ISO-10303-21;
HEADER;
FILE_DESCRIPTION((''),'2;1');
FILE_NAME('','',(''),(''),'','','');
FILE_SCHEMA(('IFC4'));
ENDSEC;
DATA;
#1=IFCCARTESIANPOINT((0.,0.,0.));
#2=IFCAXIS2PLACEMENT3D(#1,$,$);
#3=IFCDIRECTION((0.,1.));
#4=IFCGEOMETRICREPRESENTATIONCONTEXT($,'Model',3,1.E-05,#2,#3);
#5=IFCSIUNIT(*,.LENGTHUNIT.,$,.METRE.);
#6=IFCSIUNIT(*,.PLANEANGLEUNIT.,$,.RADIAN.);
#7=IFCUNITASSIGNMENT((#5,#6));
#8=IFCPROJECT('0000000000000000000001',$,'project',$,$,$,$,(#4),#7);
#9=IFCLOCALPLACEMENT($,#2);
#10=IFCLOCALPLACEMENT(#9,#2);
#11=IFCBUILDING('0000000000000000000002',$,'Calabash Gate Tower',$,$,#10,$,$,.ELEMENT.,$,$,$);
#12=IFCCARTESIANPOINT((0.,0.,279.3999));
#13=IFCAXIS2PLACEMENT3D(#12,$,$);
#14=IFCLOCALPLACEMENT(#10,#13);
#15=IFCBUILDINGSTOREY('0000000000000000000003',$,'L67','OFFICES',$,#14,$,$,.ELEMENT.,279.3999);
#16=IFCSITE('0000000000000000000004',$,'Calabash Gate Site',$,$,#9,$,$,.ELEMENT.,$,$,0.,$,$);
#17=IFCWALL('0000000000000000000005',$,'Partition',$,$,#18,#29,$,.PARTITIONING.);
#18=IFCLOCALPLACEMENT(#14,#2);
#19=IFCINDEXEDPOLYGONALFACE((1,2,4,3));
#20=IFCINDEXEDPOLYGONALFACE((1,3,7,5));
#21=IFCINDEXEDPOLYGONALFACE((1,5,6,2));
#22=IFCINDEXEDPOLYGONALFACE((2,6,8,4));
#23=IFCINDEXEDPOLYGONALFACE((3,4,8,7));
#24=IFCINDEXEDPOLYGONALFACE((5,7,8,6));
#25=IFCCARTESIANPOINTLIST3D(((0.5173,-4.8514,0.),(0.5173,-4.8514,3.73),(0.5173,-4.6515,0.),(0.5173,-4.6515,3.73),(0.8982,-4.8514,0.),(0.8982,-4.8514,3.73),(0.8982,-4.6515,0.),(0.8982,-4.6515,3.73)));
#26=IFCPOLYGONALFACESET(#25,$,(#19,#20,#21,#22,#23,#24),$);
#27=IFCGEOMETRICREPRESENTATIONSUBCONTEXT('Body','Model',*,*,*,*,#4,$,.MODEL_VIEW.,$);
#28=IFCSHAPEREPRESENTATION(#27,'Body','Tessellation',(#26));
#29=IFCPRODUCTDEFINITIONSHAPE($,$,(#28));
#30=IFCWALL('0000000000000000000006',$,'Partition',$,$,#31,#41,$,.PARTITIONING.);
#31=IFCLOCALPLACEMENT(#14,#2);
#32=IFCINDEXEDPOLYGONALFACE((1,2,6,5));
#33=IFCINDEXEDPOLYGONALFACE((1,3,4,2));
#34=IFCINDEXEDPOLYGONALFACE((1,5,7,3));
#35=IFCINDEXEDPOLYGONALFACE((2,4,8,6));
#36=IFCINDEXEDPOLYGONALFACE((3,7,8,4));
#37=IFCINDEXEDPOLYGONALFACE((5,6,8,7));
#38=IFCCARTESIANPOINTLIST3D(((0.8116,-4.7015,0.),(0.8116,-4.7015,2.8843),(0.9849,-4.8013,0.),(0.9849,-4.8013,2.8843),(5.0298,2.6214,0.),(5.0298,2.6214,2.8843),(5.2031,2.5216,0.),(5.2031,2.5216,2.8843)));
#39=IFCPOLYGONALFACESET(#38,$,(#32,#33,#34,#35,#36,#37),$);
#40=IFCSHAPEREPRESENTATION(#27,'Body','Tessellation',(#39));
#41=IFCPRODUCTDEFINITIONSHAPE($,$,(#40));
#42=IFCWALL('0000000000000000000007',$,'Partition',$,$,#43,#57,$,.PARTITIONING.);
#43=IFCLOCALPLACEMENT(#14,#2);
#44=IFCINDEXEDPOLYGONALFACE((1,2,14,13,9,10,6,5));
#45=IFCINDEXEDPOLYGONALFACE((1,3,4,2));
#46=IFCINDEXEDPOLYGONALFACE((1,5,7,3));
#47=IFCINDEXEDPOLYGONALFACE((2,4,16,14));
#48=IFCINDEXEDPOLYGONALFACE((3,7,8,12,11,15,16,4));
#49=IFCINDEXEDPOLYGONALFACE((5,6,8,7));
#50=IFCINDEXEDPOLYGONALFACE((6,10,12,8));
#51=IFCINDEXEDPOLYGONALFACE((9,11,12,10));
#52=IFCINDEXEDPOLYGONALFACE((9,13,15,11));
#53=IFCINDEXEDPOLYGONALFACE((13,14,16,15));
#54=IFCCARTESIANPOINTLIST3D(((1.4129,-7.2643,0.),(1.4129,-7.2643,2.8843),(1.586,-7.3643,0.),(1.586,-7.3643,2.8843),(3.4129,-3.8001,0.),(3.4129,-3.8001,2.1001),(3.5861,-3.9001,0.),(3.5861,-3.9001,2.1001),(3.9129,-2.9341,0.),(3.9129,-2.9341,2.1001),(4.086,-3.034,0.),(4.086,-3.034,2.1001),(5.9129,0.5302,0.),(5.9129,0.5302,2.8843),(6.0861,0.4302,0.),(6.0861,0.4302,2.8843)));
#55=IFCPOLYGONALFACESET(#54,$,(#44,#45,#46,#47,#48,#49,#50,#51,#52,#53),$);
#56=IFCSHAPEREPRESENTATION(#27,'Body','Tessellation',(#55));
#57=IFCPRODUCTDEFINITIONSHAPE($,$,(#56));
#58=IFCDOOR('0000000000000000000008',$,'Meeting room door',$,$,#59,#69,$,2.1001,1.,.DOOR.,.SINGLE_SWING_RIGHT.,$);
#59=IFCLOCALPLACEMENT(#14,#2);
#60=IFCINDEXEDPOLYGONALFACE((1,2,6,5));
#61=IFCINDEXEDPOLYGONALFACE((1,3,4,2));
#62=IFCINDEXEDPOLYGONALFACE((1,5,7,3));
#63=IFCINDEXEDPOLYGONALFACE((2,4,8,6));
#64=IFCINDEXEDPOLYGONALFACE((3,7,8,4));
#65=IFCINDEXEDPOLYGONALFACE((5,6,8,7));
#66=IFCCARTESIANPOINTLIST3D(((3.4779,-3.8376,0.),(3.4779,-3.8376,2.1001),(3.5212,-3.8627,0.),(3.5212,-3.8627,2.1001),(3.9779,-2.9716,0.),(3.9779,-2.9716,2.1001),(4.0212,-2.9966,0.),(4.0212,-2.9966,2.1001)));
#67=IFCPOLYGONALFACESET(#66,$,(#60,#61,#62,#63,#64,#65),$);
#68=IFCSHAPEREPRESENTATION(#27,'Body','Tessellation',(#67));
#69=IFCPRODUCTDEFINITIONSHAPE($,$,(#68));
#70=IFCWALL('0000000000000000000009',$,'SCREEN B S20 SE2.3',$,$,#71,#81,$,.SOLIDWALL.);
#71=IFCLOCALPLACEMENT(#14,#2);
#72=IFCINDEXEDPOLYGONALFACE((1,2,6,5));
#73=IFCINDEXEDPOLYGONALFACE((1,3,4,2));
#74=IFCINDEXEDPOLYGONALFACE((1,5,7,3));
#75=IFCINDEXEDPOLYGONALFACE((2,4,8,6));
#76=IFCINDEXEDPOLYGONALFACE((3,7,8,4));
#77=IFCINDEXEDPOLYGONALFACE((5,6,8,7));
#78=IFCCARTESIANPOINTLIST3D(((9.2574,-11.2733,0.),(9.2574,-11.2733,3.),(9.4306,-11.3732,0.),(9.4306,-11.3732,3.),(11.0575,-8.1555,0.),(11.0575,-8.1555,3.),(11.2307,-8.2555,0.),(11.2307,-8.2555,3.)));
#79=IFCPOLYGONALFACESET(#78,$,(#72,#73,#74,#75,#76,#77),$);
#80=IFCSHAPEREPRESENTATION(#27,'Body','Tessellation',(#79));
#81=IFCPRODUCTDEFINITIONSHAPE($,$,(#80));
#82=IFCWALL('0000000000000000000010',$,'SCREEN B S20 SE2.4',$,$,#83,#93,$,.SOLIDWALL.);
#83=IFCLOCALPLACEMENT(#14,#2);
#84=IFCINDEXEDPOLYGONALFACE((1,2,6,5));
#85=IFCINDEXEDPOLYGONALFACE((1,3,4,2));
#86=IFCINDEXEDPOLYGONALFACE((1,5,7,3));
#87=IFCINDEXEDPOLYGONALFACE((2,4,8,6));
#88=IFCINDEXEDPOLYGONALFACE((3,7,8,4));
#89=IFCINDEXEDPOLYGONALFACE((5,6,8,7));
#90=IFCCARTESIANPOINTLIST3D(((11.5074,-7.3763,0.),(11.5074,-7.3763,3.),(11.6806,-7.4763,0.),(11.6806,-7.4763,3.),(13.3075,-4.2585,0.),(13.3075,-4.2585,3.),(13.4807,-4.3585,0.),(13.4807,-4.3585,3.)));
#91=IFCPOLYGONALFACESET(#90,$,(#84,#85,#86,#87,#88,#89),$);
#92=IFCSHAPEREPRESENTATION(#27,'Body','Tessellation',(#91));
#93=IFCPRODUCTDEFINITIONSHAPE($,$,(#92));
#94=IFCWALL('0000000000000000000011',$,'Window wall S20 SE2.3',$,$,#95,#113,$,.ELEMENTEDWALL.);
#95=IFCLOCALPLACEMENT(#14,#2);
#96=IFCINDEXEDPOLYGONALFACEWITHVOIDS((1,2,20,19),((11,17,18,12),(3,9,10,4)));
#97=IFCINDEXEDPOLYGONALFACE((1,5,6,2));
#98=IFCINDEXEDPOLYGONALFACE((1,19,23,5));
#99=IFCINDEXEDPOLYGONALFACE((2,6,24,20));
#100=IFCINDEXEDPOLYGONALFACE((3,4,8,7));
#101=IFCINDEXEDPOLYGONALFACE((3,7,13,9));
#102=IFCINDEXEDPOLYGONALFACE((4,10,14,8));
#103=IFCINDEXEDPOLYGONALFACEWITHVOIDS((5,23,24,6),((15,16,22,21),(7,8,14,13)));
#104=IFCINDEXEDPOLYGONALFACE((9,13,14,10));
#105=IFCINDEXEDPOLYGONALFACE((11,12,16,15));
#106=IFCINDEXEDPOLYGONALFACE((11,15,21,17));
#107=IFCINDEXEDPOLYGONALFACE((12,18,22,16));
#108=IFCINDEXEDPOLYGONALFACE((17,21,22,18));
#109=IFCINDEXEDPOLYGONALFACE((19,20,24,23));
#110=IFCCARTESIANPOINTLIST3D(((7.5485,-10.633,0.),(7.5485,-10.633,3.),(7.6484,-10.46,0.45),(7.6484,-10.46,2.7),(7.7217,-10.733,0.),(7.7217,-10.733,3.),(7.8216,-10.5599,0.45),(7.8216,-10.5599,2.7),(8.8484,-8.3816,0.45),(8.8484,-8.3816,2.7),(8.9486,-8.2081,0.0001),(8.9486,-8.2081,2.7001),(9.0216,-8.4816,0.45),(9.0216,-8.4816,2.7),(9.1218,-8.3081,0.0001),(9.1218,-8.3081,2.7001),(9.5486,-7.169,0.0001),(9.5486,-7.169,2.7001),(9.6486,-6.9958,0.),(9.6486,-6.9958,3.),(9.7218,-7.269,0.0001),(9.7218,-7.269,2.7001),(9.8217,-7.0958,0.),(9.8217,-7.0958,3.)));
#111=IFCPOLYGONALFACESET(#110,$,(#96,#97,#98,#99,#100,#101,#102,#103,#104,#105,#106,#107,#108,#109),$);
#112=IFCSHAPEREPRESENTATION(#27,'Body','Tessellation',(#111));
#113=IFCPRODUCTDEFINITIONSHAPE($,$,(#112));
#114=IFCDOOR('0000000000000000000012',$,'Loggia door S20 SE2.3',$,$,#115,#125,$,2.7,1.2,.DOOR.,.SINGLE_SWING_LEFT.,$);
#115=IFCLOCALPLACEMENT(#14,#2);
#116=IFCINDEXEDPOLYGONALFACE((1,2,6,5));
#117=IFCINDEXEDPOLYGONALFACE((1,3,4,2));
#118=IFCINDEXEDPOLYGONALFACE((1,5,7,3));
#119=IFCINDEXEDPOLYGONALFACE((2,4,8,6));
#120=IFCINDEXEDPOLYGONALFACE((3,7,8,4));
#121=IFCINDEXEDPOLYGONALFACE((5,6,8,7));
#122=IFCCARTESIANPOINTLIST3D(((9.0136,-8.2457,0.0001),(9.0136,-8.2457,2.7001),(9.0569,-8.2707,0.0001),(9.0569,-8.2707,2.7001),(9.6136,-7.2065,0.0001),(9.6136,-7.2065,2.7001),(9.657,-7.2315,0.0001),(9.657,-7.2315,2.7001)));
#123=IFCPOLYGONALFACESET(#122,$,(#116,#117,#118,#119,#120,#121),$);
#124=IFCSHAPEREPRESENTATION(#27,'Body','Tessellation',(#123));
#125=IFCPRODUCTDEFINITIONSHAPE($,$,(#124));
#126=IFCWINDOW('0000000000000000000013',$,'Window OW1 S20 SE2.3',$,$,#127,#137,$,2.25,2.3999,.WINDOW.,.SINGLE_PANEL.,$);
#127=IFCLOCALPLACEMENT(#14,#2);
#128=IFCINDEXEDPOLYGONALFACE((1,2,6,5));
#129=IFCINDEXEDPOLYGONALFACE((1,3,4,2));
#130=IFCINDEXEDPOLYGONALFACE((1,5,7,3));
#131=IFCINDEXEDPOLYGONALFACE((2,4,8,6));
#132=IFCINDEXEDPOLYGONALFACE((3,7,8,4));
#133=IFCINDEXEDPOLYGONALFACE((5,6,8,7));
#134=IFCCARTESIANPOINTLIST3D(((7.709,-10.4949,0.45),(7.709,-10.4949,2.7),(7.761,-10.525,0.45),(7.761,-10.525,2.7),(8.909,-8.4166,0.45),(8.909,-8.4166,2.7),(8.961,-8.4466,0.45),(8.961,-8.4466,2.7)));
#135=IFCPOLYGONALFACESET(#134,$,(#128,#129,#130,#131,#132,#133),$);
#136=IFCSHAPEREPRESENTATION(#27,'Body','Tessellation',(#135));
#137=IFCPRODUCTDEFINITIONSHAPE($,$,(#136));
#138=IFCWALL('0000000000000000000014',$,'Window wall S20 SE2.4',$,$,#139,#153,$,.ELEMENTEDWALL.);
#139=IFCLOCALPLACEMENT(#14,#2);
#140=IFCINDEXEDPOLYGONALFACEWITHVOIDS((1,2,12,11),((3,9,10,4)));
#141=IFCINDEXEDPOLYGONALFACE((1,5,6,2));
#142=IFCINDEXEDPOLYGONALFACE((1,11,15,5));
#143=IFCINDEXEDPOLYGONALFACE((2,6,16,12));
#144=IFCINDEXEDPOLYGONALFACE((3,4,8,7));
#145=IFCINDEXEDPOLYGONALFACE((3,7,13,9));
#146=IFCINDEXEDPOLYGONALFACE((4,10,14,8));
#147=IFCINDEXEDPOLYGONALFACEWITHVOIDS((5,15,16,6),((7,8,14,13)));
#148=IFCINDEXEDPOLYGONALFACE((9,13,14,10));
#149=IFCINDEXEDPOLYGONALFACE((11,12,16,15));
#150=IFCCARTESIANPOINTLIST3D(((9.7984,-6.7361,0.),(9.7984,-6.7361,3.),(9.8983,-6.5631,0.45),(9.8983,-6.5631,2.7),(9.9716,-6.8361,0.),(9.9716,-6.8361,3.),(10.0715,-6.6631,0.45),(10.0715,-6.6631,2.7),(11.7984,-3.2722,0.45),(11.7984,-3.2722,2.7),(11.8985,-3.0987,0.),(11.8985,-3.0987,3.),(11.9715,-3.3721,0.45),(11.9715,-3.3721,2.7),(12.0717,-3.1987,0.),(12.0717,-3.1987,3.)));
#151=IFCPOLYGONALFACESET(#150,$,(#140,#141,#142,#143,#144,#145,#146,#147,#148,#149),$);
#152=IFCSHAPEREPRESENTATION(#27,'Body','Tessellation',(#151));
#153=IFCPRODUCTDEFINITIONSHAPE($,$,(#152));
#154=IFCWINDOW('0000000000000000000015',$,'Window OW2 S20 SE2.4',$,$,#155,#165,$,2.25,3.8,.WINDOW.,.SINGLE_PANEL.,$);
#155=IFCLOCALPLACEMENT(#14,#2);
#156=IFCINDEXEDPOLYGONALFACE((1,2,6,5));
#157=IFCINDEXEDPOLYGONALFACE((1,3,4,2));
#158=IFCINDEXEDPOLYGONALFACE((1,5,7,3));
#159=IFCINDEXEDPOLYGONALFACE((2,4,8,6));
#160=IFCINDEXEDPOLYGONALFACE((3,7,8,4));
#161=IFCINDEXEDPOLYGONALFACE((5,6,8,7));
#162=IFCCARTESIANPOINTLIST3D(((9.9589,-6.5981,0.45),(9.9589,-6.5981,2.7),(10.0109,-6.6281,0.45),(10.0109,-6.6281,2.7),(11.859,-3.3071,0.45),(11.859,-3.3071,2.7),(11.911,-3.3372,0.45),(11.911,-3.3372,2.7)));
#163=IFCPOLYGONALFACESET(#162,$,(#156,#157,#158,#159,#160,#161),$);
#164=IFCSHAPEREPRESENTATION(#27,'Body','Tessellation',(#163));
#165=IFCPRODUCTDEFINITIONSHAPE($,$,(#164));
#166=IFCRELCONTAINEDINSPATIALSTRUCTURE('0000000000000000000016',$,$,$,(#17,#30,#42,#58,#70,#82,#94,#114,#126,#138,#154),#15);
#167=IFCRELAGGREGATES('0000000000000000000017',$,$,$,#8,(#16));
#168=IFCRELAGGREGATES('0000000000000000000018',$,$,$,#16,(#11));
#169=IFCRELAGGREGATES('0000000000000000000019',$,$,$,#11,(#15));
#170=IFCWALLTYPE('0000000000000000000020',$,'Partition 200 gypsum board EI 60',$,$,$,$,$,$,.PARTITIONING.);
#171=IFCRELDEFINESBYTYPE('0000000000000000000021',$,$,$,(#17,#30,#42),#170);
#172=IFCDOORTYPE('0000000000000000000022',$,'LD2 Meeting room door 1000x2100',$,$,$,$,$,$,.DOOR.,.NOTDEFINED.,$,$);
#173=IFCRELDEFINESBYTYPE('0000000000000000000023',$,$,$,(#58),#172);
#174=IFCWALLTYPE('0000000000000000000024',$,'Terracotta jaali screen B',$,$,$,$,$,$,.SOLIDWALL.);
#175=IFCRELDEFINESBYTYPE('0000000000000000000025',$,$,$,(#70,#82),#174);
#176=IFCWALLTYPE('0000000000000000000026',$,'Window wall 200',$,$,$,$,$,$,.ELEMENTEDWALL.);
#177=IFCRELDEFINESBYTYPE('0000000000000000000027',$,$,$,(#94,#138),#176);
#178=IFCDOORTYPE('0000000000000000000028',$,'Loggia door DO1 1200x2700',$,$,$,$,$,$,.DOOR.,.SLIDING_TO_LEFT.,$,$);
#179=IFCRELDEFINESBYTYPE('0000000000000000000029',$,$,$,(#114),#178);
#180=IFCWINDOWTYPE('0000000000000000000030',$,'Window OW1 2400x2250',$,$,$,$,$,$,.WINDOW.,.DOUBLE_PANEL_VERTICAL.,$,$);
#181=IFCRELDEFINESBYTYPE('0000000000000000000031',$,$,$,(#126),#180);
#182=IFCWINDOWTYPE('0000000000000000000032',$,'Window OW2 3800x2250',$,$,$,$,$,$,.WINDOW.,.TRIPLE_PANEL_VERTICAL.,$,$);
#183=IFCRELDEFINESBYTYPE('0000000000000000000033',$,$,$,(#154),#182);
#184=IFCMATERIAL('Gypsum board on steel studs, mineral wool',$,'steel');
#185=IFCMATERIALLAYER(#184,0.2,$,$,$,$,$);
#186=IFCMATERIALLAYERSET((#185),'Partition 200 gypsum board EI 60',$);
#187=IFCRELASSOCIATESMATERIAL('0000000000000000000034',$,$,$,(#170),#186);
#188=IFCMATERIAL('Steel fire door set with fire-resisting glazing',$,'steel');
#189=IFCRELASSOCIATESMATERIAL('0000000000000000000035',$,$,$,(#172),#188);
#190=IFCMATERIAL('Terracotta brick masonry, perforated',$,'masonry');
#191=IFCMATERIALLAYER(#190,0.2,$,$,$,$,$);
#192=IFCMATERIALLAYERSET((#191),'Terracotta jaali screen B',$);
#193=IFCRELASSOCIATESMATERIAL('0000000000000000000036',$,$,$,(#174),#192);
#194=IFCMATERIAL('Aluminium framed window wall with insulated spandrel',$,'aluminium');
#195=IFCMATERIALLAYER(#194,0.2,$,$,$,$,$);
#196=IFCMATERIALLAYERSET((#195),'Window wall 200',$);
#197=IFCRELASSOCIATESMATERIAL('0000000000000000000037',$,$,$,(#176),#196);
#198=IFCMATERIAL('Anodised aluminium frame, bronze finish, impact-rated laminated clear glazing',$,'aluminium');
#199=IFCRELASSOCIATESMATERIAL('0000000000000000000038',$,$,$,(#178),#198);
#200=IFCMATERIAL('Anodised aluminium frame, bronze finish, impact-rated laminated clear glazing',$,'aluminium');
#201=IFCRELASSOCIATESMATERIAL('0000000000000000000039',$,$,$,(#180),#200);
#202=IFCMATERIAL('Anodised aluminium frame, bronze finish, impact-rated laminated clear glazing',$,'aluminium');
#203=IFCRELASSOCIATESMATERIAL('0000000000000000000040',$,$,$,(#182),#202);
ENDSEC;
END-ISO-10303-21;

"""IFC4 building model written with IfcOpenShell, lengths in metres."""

from ifc_helpers import new_model, si_unit, direction, frame, frame_2d, origin, place, context, subcontext, project, spatial, rectangle, extrude, material, layer, layer_set, type_object, element, fill, save


model = new_model("IFC4")

# Units and contexts
model_context = context("Model", 3, precision=1e-05, world=origin(), true_north=direction((0.0, 1.0)))
body_context = subcontext(model_context, "Body", "Model", "MODEL_VIEW")
ifc_project = project(units=[si_unit("LENGTHUNIT", "METRE"), si_unit("PLANEANGLEUNIT", "RADIAN")], contexts=[model_context])

# Site, building, storey
site_placement = place(None, origin())
site = spatial("IfcSite", under=ifc_project, at=site_placement, Name="Calabash Gate Site", CompositionType="ELEMENT", RefElevation=0.0)
building_placement = place(site_placement, origin())
building = spatial("IfcBuilding", under=site, at=building_placement, Name="Calabash Gate Tower", CompositionType="ELEMENT")
storey_placement = place(building_placement, frame((0.0, 0.0, 279.3999)))
storey = spatial("IfcBuildingStorey", under=building, at=storey_placement, Name="L67", Description="OFFICES", CompositionType="ELEMENT", Elevation=279.3999)

# Shared definitions
ifc_material_1 = material(Name="Gypsum board on steel studs, mineral wool", Category="steel")
ifc_layer_1 = layer(ifc_material_1, 0.2)
ifc_layer_set_1 = layer_set([ifc_layer_1], Name="Partition 200 gypsum board EI 60")
wall_type_1 = type_object("IfcWallType", Name="Partition 200 gypsum board EI 60", PredefinedType="PARTITIONING", material=ifc_layer_set_1)

# Walls
wall_1_placement = place(storey_placement, frame((0.5173, -4.7515, 0.0), z_axis=(0.0, 0.0, 1.0), x_axis=(1.0, 0.0, 0.0)))
element("IfcWall", 1, at=wall_1_placement, inside=storey, type_object=wall_type_1, Name="Partition", PredefinedType="PARTITIONING", context=body_context, shape_type="SweptSolid", body=[
    extrude(rectangle(XDim=0.3809, YDim=0.2, at=frame_2d((0.1904, 0.0))), origin(), (0.0, 0.0, 1.0), 3.73),
])
wall_2_placement = place(storey_placement, frame((0.8982, -4.7515, 0.0), z_axis=(0.0, 0.0, 1.0), x_axis=(0.499141, 0.866521, 0.0)))
element("IfcWall", 2, at=wall_2_placement, inside=storey, type_object=wall_type_1, Name="Partition", PredefinedType="PARTITIONING", context=body_context, shape_type="SweptSolid", body=[
    extrude(rectangle(XDim=8.4509, YDim=0.2, at=frame_2d((4.2256, 0.0))), origin(), (0.0, 0.0, 1.0), 2.8843),
])

# Wall, opening, door
wall_3_placement = place(storey_placement, frame((1.4995, -7.3142, 0.0), z_axis=(0.0, 0.0, 1.0), x_axis=(0.49999, 0.866031, 0.0)))
wall_3 = element("IfcWall", 3, at=wall_3_placement, inside=storey, type_object=wall_type_1, Name="Partition", PredefinedType="PARTITIONING", context=body_context, shape_type="SweptSolid", body=[
    extrude(rectangle(XDim=9.0002, YDim=0.2, at=frame_2d((4.5, 0.0))), origin(), (0.0, 0.0, 1.0), 2.8843),
])
opening_1_placement = place(wall_3_placement, frame((4.0, 0.0, 0.0)))
opening_1 = element("IfcOpeningElement", 4, at=opening_1_placement, cuts=wall_3, PredefinedType="OPENING", context=body_context, shape_type="SweptSolid", body=[
    extrude(rectangle(XDim=1.0, YDim=2.1001, at=frame_2d((0.5, 1.05))), frame((0.0, 0.1099, 0.0), z_axis=(0.0, -1.0, 0.0), x_axis=(1.0, 0.0, 0.0)), (0.0, 0.0, 1.0), 0.22),
])
ifc_material_2 = material(Name="Steel fire door set with fire-resisting glazing", Category="steel")
door_type_1 = type_object("IfcDoorType", Name="LD2 Meeting room door 1000x2100", OperationType="NOTDEFINED", PredefinedType="DOOR", material=ifc_material_2)
door_1_placement = place(opening_1_placement, origin())
door_1 = element("IfcDoor", 5, at=door_1_placement, inside=storey, type_object=door_type_1, Name="Meeting room door", OperationType="SINGLE_SWING_RIGHT", OverallHeight=2.1001, OverallWidth=1.0, PredefinedType="DOOR", context=body_context, shape_type="SweptSolid", body=[
    extrude(rectangle(XDim=1.0, YDim=2.1001, at=frame_2d((0.5, 1.05))), frame((0.0, 0.0249, 0.0), z_axis=(0.0, -1.0, 0.0), x_axis=(1.0, 0.0, 0.0)), (0.0, 0.0, 1.0), 0.05),
])
fill(opening_1, door_1)

# Walls
ifc_material_3 = material(Name="Terracotta brick masonry, perforated", Category="masonry")
ifc_layer_2 = layer(ifc_material_3, 0.2)
ifc_layer_set_2 = layer_set([ifc_layer_2], Name="Terracotta jaali screen B")
wall_type_2 = type_object("IfcWallType", Name="Terracotta jaali screen B", PredefinedType="SOLIDWALL", material=ifc_layer_set_2)
for number, where, z_axis, x_axis, name in (
    (6, (9.344, -11.3232, 0.0), (0.0, 0.0, 1.0), (0.500012, 0.866018, 0.0), "SCREEN B S20 SE2.3"),
    (7, (11.594, -7.4263, 0.0), (0.0, 0.0, 1.0), (0.500012, 0.866018, 0.0), "SCREEN B S20 SE2.4"),
):
    element("IfcWall", number, at=place(storey_placement, frame(where, z_axis=z_axis, x_axis=x_axis)), inside=storey, type_object=wall_type_2, Name=name, PredefinedType="SOLIDWALL", context=body_context, shape_type="SweptSolid", body=[
        extrude(rectangle(XDim=3.6001, YDim=0.2, at=frame_2d((1.8, 0.0))), origin(), (0.0, 0.0, 1.0), 3.0),
    ])

# Wall, openings, door, window
ifc_material_4 = material(Name="Aluminium framed window wall with insulated spandrel", Category="aluminium")
ifc_layer_3 = layer(ifc_material_4, 0.2)
ifc_layer_set_3 = layer_set([ifc_layer_3], Name="Window wall 200")
wall_type_3 = type_object("IfcWallType", Name="Window wall 200", PredefinedType="ELEMENTEDWALL", material=ifc_layer_set_3)
wall_4_placement = place(storey_placement, frame((7.635, -10.6831, 0.0), z_axis=(0.0, 0.0, 1.0), x_axis=(0.500028, 0.866009, 0.0)))
wall_4 = element("IfcWall", 8, at=wall_4_placement, inside=storey, type_object=wall_type_3, Name="Window wall S20 SE2.3", PredefinedType="ELEMENTEDWALL", context=body_context, shape_type="SweptSolid", body=[
    extrude(rectangle(XDim=4.2, YDim=0.2, at=frame_2d((2.1001, 0.0))), origin(), (0.0, 0.0, 1.0), 3.0),
])
opening_2_placement = place(wall_4_placement, frame((0.2, 0.0, 0.45)))
opening_2 = element("IfcOpeningElement", 9, at=opening_2_placement, cuts=wall_4, PredefinedType="OPENING", context=body_context, shape_type="SweptSolid", body=[
    extrude(rectangle(XDim=2.3999, YDim=2.25, at=frame_2d((1.2, 1.125))), frame((0.0, 0.1099, 0.0), z_axis=(0.0, -1.0, 0.0), x_axis=(1.0, 0.0, 0.0)), (0.0, 0.0, 1.0), 0.22),
])
opening_3_placement = place(wall_4_placement, frame((2.8, 0.0, 0.0)))
opening_3 = element("IfcOpeningElement", 10, at=opening_3_placement, cuts=wall_4, PredefinedType="OPENING", context=body_context, shape_type="SweptSolid", body=[
    extrude(rectangle(XDim=1.2, YDim=2.7, at=frame_2d((0.6001, 1.3501))), frame((0.0, 0.1099, 0.0), z_axis=(0.0, -1.0, 0.0), x_axis=(1.0, 0.0, 0.0)), (0.0, 0.0, 1.0), 0.22),
])
ifc_material_5 = material(Name="Anodised aluminium frame, bronze finish, impact-rated laminated clear glazing", Category="aluminium")
door_type_2 = type_object("IfcDoorType", Name="Loggia door DO1 1200x2700", OperationType="SLIDING_TO_LEFT", PredefinedType="DOOR", material=ifc_material_5)
door_2_placement = place(opening_3_placement, origin())
door_2 = element("IfcDoor", 11, at=door_2_placement, inside=storey, type_object=door_type_2, Name="Loggia door S20 SE2.3", OperationType="SINGLE_SWING_LEFT", OverallHeight=2.7, OverallWidth=1.2, PredefinedType="DOOR", context=body_context, shape_type="SweptSolid", body=[
    extrude(rectangle(XDim=1.2, YDim=2.7, at=frame_2d((0.6001, 1.3501))), frame((0.0, 0.0249, 0.0), z_axis=(0.0, -1.0, 0.0), x_axis=(1.0, 0.0, 0.0)), (0.0, 0.0, 1.0), 0.05),
])
fill(opening_3, door_2)
ifc_material_6 = material(Name="Anodised aluminium frame, bronze finish, impact-rated laminated clear glazing", Category="aluminium")
window_type_1 = type_object("IfcWindowType", Name="Window OW1 2400x2250", PartitioningType="DOUBLE_PANEL_VERTICAL", PredefinedType="WINDOW", material=ifc_material_6)
window_1_placement = place(opening_2_placement, origin())
window_1 = element("IfcWindow", 12, at=window_1_placement, inside=storey, type_object=window_type_1, Name="Window OW1 S20 SE2.3", OverallHeight=2.25, OverallWidth=2.3999, PartitioningType="SINGLE_PANEL", PredefinedType="WINDOW", context=body_context, shape_type="SweptSolid", body=[
    extrude(rectangle(XDim=2.3999, YDim=2.25, at=frame_2d((1.2, 1.125))), frame((0.0, 0.03, 0.0), z_axis=(0.0, -1.0, 0.0), x_axis=(1.0, 0.0, 0.0)), (0.0, 0.0, 1.0), 0.0601),
])
fill(opening_2, window_1)

# Wall, opening, window
wall_5_placement = place(storey_placement, frame((9.885, -6.7861, 0.0), z_axis=(0.0, 0.0, 1.0), x_axis=(0.500003, 0.866024, 0.0)))
wall_5 = element("IfcWall", 13, at=wall_5_placement, inside=storey, type_object=wall_type_3, Name="Window wall S20 SE2.4", PredefinedType="ELEMENTEDWALL", context=body_context, shape_type="SweptSolid", body=[
    extrude(rectangle(XDim=4.2002, YDim=0.2, at=frame_2d((2.1001, 0.0))), origin(), (0.0, 0.0, 1.0), 3.0),
])
opening_4_placement = place(wall_5_placement, frame((0.2, 0.0, 0.45)))
opening_4 = element("IfcOpeningElement", 14, at=opening_4_placement, cuts=wall_5, PredefinedType="OPENING", context=body_context, shape_type="SweptSolid", body=[
    extrude(rectangle(XDim=3.8, YDim=2.25, at=frame_2d((1.8999, 1.125))), frame((0.0, 0.1099, 0.0), z_axis=(0.0, -1.0, 0.0), x_axis=(1.0, 0.0, 0.0)), (0.0, 0.0, 1.0), 0.22),
])
ifc_material_7 = material(Name="Anodised aluminium frame, bronze finish, impact-rated laminated clear glazing", Category="aluminium")
window_type_2 = type_object("IfcWindowType", Name="Window OW2 3800x2250", PartitioningType="TRIPLE_PANEL_VERTICAL", PredefinedType="WINDOW", material=ifc_material_7)
window_2_placement = place(opening_4_placement, origin())
window_2 = element("IfcWindow", 15, at=window_2_placement, inside=storey, type_object=window_type_2, Name="Window OW2 S20 SE2.4", OverallHeight=2.25, OverallWidth=3.8, PartitioningType="SINGLE_PANEL", PredefinedType="WINDOW", context=body_context, shape_type="SweptSolid", body=[
    extrude(rectangle(XDim=3.8, YDim=2.25, at=frame_2d((1.8999, 1.125))), frame((0.0, 0.03, 0.0), z_axis=(0.0, -1.0, 0.0), x_axis=(1.0, 0.0, 0.0)), (0.0, 0.0, 1.0), 0.0601),
])
fill(opening_4, window_2)

save(model, "model.ifc")
